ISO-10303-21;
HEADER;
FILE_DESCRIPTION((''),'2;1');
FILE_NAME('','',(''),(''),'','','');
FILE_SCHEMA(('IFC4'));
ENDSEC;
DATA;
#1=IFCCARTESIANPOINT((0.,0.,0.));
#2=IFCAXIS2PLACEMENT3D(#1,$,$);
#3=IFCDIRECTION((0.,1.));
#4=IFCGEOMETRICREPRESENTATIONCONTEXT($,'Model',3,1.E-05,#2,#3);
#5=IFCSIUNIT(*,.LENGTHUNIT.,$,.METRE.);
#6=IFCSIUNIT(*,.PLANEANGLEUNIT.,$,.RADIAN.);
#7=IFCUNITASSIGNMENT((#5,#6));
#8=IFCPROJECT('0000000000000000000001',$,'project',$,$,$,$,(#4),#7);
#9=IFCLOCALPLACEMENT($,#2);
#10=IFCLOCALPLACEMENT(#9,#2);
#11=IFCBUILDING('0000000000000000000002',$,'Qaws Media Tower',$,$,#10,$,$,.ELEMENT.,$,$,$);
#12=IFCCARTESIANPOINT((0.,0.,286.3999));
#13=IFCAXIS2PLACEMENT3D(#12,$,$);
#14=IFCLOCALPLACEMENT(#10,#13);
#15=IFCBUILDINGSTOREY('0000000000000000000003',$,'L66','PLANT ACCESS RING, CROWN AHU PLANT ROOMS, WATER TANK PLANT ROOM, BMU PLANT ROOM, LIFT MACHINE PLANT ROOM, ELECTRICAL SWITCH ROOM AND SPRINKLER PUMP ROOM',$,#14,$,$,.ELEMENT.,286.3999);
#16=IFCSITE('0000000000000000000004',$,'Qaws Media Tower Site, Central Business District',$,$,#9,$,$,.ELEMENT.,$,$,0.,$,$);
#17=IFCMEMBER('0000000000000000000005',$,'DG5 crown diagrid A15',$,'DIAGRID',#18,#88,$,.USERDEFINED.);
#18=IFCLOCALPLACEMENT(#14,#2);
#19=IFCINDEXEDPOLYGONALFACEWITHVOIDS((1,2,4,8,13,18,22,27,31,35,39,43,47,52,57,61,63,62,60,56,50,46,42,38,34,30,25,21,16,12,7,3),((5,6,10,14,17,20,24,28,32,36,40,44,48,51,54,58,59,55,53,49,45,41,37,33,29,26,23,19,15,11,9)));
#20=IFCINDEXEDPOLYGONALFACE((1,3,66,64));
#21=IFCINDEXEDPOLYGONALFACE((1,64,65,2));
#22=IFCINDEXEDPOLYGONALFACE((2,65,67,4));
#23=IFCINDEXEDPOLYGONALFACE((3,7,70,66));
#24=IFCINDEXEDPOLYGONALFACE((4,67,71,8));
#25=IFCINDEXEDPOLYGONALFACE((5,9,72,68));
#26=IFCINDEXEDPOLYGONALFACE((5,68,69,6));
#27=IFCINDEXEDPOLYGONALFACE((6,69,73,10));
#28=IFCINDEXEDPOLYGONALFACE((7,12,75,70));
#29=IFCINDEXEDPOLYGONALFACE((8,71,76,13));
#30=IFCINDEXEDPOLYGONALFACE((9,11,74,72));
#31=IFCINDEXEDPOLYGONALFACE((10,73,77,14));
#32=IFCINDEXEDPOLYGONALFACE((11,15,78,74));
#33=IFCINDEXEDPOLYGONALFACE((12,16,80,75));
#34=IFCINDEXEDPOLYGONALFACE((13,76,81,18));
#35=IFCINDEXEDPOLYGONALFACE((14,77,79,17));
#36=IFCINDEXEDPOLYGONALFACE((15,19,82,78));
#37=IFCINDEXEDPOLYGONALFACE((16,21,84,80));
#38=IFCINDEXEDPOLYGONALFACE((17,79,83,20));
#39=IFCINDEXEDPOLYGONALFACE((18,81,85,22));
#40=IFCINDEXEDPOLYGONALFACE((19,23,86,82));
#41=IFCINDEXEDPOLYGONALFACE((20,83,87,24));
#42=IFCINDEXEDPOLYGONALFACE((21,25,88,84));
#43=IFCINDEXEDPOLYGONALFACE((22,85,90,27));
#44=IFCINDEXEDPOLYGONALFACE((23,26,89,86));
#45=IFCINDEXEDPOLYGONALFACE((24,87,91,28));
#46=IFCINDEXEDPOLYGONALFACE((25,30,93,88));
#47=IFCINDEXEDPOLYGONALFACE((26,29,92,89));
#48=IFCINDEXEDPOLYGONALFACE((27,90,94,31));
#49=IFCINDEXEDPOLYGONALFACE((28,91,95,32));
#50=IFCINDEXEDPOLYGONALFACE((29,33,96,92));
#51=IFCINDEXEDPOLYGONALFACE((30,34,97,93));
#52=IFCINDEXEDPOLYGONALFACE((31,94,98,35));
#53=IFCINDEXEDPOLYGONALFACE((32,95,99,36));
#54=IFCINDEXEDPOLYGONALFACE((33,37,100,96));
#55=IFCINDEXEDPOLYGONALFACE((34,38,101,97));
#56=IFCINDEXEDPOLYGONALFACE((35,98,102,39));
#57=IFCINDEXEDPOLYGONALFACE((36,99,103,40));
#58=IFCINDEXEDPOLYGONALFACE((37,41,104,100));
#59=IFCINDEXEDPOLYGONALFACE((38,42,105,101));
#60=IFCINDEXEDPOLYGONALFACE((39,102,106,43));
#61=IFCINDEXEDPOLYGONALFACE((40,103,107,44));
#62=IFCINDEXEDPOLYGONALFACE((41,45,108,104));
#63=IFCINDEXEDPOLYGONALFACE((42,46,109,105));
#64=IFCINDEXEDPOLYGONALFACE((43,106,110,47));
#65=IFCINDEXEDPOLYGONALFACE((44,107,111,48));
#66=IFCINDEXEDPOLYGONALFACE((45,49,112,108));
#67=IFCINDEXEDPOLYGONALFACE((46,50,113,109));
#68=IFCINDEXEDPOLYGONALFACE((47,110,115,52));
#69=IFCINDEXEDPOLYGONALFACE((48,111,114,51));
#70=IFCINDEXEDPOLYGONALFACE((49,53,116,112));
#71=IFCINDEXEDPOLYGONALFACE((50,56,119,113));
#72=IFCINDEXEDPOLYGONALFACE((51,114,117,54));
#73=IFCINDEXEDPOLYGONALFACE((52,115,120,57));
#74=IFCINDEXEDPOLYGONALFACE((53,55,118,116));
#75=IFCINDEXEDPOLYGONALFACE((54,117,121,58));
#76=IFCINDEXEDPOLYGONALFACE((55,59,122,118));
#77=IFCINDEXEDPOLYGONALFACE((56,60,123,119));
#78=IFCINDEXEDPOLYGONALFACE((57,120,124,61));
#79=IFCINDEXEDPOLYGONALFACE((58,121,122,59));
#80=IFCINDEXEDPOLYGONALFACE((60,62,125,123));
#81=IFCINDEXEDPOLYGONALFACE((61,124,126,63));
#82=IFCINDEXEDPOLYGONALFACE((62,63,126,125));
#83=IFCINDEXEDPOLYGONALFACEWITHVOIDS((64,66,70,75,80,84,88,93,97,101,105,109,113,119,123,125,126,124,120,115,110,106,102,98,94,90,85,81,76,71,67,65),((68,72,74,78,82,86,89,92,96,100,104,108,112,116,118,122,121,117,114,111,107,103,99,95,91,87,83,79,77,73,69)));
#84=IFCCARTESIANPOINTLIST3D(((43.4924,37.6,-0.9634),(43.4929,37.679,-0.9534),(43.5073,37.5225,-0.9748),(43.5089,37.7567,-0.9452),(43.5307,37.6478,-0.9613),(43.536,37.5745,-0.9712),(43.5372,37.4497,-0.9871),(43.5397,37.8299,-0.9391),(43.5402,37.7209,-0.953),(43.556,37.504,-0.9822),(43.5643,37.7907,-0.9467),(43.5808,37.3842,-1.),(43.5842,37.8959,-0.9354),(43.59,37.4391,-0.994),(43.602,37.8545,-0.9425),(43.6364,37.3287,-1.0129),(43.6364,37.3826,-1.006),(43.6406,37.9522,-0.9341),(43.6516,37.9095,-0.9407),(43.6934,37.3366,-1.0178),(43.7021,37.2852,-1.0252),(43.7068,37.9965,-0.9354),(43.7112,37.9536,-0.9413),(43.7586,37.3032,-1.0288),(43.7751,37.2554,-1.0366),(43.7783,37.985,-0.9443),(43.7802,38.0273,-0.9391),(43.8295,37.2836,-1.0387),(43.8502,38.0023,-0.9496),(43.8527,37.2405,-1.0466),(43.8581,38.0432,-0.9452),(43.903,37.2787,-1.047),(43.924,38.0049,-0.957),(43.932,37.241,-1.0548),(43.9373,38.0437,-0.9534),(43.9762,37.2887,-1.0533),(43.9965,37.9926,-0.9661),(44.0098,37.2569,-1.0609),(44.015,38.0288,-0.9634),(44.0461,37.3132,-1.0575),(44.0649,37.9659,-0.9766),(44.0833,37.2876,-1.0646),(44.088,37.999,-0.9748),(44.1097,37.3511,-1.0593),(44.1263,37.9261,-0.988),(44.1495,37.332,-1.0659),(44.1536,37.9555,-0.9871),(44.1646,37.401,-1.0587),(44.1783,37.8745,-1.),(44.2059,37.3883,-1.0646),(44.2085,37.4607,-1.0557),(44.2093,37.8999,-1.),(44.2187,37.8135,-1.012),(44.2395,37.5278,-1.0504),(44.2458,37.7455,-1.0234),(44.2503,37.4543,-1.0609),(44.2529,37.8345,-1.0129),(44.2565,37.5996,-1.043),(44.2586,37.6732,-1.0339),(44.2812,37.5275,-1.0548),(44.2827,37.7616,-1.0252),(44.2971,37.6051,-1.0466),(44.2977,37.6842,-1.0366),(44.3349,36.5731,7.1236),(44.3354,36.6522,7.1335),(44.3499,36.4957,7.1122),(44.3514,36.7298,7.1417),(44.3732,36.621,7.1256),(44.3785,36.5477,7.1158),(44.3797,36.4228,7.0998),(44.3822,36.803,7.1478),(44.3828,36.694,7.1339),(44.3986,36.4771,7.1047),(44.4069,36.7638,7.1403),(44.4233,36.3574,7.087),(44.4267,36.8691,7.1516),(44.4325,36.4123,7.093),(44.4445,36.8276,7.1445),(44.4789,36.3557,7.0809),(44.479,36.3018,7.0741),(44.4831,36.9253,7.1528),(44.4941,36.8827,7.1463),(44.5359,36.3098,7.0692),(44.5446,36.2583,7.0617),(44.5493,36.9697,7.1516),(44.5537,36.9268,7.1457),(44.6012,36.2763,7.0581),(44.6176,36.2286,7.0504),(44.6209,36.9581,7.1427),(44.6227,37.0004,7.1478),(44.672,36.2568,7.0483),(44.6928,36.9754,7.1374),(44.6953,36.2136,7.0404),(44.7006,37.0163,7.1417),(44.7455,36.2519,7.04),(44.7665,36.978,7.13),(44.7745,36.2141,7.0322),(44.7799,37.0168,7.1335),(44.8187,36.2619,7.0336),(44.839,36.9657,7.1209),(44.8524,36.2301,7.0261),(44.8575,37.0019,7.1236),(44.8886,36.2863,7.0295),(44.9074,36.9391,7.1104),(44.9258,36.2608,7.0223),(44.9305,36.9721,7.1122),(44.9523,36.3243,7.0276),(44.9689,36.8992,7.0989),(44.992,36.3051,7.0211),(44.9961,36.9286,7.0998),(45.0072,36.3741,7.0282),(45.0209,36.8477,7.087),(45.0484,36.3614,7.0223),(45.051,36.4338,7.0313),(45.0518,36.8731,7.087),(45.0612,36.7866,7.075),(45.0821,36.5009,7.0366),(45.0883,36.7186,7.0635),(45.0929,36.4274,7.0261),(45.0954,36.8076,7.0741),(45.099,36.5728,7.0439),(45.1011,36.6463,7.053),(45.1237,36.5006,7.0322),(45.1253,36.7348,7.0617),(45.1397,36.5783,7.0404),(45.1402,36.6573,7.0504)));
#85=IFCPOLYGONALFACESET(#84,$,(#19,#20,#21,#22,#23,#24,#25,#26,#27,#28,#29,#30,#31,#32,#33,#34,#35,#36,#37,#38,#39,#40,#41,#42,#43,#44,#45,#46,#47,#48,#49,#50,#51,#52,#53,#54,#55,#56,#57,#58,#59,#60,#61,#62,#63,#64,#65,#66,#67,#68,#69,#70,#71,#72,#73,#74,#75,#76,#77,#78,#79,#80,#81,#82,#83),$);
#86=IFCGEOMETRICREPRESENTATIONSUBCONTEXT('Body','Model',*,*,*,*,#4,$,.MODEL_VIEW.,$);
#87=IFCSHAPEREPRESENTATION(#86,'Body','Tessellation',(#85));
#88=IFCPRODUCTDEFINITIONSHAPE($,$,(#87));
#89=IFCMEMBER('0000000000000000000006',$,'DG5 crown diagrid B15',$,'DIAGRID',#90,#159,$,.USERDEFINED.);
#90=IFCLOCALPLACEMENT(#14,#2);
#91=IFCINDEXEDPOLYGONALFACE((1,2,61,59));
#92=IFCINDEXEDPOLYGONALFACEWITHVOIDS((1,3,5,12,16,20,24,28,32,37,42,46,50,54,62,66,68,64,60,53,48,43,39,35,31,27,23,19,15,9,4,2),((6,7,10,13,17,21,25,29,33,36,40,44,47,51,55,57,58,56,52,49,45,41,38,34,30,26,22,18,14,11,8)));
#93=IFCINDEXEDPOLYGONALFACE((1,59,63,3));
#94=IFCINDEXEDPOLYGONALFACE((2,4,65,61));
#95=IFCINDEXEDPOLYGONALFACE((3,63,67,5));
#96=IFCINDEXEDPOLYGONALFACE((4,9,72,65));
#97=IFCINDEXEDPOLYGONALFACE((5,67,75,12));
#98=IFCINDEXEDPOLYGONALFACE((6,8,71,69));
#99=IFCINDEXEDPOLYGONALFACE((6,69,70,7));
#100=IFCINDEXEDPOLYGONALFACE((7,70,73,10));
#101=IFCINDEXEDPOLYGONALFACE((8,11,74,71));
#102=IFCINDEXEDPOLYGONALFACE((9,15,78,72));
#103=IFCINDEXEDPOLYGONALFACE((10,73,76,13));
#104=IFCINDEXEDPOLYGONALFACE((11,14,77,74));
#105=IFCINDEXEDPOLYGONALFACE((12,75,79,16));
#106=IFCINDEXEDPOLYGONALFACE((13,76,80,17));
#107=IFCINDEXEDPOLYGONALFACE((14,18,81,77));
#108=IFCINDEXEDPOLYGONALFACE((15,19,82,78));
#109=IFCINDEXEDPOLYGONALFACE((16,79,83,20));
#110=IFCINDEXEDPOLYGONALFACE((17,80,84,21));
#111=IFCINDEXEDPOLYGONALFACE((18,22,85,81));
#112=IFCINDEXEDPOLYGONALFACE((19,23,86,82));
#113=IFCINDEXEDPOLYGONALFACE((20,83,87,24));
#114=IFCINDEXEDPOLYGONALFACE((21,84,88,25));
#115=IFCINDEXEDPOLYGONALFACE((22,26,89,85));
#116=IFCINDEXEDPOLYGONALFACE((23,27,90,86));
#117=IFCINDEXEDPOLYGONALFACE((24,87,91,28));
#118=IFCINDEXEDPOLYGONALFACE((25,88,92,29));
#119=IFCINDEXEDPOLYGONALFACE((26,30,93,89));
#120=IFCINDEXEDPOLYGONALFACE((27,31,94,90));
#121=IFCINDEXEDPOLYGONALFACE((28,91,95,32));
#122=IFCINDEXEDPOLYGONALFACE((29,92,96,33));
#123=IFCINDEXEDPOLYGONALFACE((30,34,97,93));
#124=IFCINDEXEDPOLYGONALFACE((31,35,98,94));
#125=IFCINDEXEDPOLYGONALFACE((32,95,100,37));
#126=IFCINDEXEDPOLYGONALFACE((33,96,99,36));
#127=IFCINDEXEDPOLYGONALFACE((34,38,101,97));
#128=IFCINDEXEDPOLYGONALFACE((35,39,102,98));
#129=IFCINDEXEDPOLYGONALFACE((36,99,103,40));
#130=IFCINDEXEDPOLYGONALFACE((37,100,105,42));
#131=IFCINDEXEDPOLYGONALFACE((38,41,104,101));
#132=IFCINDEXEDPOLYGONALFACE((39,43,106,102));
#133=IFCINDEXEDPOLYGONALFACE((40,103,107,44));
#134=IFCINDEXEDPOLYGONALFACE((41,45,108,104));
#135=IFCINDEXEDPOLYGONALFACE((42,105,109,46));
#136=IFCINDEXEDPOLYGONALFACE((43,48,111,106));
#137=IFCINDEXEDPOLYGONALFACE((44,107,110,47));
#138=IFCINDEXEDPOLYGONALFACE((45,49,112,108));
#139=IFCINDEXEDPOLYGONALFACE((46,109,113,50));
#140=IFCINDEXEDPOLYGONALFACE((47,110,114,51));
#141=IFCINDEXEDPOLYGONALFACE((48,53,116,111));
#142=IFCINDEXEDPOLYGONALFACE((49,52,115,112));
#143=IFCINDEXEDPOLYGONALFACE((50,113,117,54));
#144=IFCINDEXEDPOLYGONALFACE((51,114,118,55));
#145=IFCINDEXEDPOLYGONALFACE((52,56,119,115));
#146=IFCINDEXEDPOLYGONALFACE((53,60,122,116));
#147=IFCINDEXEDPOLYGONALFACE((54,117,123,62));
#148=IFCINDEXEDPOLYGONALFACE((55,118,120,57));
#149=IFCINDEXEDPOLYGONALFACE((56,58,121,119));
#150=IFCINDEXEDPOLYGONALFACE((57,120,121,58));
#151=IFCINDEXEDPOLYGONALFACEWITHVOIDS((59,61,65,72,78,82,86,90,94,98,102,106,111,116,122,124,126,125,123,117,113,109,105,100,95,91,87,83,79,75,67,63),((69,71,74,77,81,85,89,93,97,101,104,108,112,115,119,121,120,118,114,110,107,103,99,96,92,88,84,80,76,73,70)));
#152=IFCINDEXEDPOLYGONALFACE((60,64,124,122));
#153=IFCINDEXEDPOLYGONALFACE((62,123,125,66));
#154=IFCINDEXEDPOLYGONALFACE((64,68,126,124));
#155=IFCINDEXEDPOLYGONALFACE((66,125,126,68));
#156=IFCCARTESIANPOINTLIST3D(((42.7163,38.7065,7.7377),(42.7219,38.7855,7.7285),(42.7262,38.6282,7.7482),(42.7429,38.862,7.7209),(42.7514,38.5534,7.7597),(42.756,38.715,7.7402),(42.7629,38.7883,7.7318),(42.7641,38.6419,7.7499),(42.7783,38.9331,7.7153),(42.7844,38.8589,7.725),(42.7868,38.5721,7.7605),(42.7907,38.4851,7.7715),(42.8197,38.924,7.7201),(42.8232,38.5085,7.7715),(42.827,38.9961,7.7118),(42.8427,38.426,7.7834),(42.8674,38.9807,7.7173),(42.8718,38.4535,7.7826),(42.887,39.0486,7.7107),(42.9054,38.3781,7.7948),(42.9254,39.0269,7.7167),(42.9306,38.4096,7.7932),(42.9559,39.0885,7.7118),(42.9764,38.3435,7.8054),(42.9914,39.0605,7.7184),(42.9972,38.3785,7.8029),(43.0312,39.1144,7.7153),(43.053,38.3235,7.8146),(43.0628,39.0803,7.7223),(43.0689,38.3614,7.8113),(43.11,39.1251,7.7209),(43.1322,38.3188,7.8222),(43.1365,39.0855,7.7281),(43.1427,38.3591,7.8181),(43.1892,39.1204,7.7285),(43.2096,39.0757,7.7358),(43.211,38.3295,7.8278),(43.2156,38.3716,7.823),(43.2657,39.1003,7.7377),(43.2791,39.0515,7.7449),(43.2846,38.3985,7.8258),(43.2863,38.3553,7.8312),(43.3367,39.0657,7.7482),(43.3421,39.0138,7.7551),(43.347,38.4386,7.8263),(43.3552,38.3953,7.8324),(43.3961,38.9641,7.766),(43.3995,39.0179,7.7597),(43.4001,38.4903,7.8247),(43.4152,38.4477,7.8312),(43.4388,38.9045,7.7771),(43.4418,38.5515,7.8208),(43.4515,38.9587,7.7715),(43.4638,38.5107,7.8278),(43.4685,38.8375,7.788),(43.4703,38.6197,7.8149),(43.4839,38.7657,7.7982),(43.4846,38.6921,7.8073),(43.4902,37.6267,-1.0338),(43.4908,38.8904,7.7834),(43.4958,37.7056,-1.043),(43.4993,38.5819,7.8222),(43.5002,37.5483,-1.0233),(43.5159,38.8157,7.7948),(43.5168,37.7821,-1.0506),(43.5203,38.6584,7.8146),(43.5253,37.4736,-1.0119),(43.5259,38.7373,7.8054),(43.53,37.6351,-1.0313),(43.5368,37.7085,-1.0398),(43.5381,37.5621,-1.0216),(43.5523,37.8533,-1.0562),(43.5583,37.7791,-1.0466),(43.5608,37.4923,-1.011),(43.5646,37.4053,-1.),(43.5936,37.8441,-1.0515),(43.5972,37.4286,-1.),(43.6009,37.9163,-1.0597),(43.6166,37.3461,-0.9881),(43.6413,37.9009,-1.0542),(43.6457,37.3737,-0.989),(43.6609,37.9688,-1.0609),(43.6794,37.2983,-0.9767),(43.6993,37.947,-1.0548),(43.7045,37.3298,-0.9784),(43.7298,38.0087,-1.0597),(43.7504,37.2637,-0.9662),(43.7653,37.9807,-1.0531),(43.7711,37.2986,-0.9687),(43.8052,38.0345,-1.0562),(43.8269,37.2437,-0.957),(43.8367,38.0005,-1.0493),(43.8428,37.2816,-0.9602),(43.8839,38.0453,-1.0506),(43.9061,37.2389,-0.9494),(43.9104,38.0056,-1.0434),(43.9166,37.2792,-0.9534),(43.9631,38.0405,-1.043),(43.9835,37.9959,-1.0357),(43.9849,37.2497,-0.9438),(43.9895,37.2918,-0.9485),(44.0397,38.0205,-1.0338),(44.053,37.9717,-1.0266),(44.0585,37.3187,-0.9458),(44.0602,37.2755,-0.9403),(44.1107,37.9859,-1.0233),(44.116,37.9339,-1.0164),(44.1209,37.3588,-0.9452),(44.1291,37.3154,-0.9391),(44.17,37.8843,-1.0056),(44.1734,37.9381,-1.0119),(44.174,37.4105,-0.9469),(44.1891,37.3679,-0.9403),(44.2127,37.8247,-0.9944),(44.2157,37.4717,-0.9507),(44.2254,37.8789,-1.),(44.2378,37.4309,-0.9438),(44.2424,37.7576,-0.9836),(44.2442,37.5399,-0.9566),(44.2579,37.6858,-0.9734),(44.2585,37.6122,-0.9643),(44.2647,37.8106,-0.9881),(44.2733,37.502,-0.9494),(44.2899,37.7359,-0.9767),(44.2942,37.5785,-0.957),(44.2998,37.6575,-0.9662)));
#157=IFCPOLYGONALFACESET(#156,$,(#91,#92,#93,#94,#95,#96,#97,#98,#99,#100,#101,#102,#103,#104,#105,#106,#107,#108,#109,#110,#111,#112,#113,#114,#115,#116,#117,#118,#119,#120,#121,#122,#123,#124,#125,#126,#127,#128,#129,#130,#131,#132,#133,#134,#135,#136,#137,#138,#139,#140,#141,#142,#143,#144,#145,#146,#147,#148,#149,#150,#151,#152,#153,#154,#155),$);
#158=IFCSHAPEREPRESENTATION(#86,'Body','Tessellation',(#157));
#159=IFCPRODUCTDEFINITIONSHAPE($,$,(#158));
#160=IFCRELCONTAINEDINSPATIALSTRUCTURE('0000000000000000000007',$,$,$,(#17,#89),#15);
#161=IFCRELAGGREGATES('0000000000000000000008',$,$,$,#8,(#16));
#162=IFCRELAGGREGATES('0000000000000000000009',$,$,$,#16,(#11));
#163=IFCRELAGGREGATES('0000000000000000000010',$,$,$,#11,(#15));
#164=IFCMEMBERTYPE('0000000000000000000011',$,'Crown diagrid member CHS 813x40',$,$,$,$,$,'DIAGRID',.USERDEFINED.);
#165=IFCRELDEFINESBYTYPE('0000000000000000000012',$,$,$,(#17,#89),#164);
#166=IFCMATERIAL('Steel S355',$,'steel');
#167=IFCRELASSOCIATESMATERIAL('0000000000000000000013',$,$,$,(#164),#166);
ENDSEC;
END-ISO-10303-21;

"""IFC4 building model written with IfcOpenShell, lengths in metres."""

from ifc_helpers import new_model, si_unit, direction, frame, origin, origin_2d, place, context, subcontext, project, spatial, hollow_circle, extrude, material, material_profile, profile_set, type_object, element, save


model = new_model("IFC4")

# Units and contexts
model_context = context("Model", 3, precision=1e-05, world=origin(), true_north=direction((0.0, 1.0)))
body_context = subcontext(model_context, "Body", "Model", "MODEL_VIEW")
ifc_project = project(units=[si_unit("LENGTHUNIT", "METRE"), si_unit("PLANEANGLEUNIT", "RADIAN")], contexts=[model_context])

# Site, building, storey
site_placement = place(None, origin())
site = spatial("IfcSite", under=ifc_project, at=site_placement, Name="Qaws Media Tower Site, Central Business District", CompositionType="ELEMENT", RefElevation=0.0)
building_placement = place(site_placement, origin())
building = spatial("IfcBuilding", under=site, at=building_placement, Name="Qaws Media Tower", CompositionType="ELEMENT")
storey_placement = place(building_placement, frame((0.0, 0.0, 286.3999)))
storey = spatial("IfcBuildingStorey", under=building, at=storey_placement, Name="L66", Description="PLANT ACCESS RING, CROWN AHU PLANT ROOMS, WATER TANK PLANT ROOM, BMU PLANT ROOM, LIFT MACHINE PLANT ROOM, ELECTRICAL SWITCH ROOM AND SPRINKLER PUMP ROOM", CompositionType="ELEMENT", Elevation=286.3999)

# Members
ifc_material_1 = material(Name="Steel S355", Category="steel")
ifc_material_profile_1 = material_profile(ifc_material_1, hollow_circle(Radius=0.4065, WallThickness=0.04, at=origin_2d()), Name="CHS 813x40")
ifc_profile_set_1 = profile_set([ifc_material_profile_1], Name="Steel S355")
member_type = type_object("IfcMemberType", Name="Crown diagrid member CHS 813x40", ElementType="DIAGRID", PredefinedType="USERDEFINED", material=ifc_profile_set_1)
member_1_placement = place(storey_placement, frame((43.895, 37.6421, -1.0), z_axis=(0.102807, -0.125299, 0.986778), x_axis=(0.77308, 0.634308, 0.0)))
element("IfcMember", 1, at=member_1_placement, inside=storey, type_object=member_type, Name="DG5 crown diagrid A15", ObjectType="DIAGRID", PredefinedType="USERDEFINED", context=body_context, shape_type="SweptSolid", body=[
    extrude(hollow_circle(Radius=0.4065, WallThickness=0.04, at=origin_2d()), origin(), (0.0, 0.0, 1.0), 8.1953),
])
member_2_placement = place(storey_placement, frame((43.895, 37.6421, -1.0), z_axis=(-0.087237, 0.121719, 0.988723), x_axis=(-0.812801, -0.582541, 0.0)))
element("IfcMember", 2, at=member_2_placement, inside=storey, type_object=member_type, Name="DG5 crown diagrid B15", ObjectType="DIAGRID", PredefinedType="USERDEFINED", context=body_context, shape_type="SweptSolid", body=[
    extrude(hollow_circle(Radius=0.4065, WallThickness=0.04, at=origin_2d()), origin(), (0.0, 0.0, 1.0), 8.8716),
])

save(model, "model.ifc")
